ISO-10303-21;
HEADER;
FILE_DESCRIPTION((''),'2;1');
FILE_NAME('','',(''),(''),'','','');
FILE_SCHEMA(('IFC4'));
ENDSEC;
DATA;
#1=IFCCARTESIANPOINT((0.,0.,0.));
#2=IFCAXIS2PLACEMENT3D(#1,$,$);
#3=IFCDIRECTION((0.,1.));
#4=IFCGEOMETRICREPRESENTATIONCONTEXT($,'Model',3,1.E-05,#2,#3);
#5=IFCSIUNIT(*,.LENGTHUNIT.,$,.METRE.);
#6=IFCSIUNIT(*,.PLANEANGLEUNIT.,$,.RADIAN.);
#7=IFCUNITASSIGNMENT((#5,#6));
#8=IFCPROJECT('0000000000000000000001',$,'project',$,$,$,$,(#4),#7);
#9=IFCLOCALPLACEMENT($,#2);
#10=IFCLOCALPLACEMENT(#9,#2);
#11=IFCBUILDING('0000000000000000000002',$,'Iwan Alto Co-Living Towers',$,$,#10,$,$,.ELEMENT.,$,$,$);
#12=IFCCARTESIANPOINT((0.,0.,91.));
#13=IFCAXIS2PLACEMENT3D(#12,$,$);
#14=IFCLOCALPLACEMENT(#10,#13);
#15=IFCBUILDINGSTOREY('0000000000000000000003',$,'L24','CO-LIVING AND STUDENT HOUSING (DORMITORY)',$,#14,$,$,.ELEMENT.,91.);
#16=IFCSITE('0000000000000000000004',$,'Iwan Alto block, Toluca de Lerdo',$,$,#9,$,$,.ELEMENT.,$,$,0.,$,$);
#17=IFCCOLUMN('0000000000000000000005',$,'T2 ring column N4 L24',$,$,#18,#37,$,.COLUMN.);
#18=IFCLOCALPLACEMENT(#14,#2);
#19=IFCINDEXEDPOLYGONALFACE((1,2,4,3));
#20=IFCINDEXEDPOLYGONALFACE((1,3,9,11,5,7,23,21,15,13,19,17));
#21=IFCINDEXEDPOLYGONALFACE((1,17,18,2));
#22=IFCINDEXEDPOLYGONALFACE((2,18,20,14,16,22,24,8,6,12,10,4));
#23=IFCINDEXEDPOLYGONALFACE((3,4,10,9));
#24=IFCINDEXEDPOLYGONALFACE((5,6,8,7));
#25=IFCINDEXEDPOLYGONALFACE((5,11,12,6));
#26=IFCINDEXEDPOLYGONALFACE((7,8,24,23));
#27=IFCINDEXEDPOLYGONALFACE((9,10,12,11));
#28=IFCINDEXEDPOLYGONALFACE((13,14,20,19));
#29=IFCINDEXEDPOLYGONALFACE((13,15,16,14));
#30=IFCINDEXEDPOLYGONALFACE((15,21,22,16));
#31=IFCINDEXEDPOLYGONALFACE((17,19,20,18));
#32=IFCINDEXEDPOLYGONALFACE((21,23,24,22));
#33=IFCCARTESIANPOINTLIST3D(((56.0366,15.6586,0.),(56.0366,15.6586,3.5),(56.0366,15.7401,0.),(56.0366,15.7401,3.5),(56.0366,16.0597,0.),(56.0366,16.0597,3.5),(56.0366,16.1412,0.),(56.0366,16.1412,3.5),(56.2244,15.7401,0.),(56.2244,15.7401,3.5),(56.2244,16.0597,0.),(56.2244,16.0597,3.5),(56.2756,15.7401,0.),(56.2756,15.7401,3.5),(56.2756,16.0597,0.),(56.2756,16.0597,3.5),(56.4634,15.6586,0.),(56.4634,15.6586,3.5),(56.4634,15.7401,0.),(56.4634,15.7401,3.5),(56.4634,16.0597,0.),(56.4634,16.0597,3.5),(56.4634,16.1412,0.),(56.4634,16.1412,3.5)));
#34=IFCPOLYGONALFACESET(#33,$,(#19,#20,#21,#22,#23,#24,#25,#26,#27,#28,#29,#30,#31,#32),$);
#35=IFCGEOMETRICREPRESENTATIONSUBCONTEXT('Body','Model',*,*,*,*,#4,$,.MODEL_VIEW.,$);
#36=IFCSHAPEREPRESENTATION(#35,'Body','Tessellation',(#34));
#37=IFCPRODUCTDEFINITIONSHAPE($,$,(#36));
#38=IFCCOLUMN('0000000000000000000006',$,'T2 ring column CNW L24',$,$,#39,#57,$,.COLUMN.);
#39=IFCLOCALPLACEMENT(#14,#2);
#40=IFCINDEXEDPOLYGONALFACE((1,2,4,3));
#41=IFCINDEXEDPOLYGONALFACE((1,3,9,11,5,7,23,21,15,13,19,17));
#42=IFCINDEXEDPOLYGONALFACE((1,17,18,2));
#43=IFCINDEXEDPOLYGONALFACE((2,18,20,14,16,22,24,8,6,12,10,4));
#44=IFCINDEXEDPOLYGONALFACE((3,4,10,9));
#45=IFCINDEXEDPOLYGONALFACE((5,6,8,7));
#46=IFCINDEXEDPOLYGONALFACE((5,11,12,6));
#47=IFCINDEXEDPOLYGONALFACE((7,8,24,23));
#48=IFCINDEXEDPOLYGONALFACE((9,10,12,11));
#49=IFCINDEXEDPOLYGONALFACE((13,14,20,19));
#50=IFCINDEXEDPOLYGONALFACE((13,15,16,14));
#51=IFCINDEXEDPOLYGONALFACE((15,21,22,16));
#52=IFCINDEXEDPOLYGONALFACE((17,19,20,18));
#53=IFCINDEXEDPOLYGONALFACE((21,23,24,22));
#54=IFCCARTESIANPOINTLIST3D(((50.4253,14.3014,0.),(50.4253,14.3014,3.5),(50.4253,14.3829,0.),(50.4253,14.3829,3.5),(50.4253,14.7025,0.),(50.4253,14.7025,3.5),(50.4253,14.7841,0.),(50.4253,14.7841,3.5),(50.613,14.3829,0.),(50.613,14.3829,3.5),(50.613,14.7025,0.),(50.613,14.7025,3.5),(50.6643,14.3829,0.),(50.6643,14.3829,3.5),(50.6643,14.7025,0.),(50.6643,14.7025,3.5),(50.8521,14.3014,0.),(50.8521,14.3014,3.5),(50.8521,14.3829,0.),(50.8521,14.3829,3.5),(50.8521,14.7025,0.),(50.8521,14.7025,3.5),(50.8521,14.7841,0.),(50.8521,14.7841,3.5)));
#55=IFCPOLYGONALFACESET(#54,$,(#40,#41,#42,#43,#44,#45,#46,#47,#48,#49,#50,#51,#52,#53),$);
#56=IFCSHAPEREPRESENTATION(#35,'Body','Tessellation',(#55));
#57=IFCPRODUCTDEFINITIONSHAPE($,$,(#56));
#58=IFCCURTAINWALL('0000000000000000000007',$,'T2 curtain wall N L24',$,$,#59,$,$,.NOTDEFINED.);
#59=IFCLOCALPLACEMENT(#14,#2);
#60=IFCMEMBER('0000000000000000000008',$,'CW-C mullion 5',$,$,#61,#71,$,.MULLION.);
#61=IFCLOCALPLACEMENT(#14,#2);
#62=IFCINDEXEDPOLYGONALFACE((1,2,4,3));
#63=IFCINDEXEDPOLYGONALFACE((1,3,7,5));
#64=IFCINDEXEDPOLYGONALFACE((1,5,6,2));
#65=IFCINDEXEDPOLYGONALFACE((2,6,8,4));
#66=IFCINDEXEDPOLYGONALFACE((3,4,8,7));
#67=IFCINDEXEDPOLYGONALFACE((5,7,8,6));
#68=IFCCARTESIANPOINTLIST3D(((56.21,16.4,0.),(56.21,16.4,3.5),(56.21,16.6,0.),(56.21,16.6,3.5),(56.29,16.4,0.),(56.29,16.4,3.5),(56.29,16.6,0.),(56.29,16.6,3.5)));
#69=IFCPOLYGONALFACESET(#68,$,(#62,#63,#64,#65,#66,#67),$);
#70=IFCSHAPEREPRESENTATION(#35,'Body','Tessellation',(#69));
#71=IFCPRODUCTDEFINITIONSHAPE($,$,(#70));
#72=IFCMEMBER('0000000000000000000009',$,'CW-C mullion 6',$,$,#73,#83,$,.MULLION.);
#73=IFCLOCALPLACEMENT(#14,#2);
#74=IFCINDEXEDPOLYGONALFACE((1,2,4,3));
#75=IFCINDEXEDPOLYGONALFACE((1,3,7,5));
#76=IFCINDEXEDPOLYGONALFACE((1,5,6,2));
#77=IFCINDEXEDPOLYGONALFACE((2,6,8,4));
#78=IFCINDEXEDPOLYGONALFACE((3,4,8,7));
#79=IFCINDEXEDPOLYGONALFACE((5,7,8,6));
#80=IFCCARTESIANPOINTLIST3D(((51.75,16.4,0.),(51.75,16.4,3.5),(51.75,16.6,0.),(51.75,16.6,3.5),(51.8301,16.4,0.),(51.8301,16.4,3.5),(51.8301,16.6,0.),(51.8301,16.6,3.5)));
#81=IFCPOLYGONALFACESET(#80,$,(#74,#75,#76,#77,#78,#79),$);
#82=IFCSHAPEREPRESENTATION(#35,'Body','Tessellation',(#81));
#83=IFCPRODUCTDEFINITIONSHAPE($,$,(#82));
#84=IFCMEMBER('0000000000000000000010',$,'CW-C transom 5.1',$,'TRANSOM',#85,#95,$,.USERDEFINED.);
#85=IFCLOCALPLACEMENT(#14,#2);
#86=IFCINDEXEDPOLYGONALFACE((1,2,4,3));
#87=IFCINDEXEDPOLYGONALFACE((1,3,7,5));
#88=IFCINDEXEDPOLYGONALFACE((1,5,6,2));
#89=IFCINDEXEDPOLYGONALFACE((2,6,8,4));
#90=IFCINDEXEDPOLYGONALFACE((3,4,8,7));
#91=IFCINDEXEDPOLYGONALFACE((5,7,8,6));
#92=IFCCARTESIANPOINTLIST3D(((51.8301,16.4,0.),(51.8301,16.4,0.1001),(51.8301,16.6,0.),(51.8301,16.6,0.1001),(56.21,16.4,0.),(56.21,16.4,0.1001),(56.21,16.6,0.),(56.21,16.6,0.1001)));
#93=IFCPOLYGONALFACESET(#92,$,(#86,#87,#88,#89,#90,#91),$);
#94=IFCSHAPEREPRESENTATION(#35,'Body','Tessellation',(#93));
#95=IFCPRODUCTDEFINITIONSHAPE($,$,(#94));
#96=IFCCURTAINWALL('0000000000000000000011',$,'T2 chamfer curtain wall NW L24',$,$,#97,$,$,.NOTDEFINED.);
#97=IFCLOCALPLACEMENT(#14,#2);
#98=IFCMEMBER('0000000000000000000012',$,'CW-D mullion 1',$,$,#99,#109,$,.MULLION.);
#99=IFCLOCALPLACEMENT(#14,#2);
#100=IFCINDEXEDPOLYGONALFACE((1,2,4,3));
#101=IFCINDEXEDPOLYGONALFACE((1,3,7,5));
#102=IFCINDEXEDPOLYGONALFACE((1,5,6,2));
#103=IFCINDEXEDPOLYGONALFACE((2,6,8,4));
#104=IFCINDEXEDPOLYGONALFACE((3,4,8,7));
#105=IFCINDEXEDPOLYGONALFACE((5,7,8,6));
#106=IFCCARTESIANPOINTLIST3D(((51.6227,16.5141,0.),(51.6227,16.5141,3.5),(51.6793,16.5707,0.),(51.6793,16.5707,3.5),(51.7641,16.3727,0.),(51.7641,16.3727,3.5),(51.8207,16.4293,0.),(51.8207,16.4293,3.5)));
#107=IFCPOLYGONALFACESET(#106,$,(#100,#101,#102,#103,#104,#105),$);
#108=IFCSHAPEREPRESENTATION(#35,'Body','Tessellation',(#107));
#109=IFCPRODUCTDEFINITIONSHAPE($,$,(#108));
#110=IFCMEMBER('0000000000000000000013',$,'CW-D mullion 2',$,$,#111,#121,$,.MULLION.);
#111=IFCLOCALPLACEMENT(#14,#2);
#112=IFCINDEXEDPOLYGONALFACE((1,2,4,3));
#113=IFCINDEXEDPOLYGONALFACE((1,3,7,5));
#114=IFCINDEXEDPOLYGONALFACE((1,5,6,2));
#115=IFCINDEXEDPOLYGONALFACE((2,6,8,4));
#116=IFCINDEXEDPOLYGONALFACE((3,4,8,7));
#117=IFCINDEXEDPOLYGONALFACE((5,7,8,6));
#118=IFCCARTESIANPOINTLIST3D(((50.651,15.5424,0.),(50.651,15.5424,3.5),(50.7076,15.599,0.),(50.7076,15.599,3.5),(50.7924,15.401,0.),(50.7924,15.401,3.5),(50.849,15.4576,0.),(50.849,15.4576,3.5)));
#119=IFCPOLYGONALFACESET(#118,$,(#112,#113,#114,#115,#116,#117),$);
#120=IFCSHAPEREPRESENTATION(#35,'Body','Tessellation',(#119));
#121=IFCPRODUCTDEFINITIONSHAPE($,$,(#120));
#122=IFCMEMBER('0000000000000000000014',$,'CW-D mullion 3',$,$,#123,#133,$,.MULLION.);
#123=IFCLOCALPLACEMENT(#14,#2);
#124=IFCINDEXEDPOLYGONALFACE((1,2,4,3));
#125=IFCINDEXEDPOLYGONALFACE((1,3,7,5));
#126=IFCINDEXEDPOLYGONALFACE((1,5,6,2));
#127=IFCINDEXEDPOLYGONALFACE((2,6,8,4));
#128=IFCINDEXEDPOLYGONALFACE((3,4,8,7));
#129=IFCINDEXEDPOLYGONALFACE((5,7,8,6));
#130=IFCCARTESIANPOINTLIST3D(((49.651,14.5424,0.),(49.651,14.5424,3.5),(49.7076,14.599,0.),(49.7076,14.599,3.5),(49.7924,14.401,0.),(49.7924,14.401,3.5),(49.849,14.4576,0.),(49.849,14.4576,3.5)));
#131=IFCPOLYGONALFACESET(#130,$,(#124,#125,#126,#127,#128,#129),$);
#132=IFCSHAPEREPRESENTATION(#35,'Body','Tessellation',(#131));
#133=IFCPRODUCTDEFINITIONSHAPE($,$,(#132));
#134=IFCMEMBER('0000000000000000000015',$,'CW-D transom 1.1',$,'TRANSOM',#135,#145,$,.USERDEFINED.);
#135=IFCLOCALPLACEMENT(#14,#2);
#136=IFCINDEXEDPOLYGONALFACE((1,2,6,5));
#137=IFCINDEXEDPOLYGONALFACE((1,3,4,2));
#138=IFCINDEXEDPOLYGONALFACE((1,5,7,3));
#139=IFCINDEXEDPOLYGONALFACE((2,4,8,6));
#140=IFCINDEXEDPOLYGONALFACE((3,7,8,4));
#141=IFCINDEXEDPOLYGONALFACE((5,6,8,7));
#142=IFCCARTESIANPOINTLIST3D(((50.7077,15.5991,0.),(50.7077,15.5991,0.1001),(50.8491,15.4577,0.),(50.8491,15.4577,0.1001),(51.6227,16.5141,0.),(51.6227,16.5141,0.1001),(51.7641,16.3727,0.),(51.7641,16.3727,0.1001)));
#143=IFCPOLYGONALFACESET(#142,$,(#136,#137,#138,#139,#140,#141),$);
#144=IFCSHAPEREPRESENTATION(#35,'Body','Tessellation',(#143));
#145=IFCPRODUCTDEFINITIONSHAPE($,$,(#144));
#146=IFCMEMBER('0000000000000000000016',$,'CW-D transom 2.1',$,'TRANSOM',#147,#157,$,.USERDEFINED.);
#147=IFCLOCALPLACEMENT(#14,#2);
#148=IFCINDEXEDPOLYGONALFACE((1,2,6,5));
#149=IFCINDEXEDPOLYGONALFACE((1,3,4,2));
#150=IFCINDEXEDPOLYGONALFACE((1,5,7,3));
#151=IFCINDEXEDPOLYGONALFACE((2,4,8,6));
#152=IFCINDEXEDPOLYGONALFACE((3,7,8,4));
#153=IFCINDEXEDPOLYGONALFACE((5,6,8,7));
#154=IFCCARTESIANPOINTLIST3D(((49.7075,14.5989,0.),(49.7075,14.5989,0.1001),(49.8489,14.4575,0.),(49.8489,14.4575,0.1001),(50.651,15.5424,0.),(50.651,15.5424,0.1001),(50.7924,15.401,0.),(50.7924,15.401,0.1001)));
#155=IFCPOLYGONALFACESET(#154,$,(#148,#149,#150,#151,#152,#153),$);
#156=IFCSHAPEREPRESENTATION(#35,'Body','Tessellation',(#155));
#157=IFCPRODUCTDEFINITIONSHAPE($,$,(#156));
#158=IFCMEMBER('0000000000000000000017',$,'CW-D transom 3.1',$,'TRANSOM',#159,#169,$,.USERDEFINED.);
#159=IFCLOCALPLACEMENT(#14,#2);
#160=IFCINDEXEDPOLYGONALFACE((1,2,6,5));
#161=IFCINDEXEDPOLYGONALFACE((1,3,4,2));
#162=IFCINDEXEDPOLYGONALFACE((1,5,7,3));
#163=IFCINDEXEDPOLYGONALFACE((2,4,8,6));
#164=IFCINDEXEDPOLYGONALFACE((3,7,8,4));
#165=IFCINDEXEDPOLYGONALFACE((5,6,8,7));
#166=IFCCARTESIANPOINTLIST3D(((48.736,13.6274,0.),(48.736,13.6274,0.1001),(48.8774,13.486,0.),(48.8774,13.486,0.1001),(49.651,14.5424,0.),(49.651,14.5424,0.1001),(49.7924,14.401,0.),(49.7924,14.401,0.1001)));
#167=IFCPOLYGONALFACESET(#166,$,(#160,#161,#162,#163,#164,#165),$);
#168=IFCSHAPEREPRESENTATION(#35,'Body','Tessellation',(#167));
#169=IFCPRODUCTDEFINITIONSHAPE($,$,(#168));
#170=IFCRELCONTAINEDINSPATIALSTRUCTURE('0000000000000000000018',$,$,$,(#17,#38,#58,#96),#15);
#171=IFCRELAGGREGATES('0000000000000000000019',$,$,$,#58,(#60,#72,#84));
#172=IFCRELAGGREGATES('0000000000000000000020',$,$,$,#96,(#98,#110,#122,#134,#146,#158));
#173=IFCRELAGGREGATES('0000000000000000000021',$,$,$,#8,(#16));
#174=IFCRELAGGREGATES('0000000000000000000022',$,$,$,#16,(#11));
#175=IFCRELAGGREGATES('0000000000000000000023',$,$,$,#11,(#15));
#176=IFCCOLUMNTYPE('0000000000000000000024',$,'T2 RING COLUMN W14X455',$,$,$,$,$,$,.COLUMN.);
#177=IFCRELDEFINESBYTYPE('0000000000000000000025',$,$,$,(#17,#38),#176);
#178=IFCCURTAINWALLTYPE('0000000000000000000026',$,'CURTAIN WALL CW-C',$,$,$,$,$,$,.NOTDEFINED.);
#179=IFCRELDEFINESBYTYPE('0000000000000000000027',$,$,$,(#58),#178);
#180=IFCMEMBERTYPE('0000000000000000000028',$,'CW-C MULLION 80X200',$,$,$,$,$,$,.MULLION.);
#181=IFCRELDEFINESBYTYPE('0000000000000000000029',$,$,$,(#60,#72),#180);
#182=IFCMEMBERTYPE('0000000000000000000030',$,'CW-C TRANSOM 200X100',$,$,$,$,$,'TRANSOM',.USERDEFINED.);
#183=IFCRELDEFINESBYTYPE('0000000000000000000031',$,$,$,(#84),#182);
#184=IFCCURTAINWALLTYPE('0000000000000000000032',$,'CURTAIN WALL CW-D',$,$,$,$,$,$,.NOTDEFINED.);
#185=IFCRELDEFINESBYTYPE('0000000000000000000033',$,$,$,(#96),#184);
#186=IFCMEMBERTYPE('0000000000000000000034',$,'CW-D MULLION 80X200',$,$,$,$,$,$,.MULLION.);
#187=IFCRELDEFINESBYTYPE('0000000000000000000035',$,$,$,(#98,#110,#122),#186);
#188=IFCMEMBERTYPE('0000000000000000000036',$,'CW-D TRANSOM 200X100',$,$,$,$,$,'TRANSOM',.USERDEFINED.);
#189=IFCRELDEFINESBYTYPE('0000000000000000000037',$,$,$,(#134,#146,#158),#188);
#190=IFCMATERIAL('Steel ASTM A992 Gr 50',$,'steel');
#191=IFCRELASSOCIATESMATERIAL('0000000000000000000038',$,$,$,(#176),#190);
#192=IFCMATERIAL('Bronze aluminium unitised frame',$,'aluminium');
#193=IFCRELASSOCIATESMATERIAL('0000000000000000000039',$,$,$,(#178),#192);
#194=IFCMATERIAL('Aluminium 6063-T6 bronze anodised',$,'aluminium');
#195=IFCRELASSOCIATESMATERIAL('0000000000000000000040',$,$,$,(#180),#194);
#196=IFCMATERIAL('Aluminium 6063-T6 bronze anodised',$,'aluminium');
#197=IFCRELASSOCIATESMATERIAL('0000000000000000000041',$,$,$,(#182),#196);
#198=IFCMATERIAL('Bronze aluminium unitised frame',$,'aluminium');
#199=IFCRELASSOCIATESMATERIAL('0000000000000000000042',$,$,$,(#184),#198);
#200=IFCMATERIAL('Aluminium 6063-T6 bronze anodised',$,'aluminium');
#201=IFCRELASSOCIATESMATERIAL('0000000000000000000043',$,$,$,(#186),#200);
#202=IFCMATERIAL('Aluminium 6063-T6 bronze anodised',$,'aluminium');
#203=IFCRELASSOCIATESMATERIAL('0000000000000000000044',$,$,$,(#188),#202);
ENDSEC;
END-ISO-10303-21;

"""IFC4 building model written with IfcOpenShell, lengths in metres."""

from ifc_helpers import new_model, si_unit, direction, frame, origin, origin_2d, place, context, subcontext, project, spatial, rectangle, i_section, extrude, material, material_profile, profile_set, type_object, element, aggregate, save


model = new_model("IFC4")

# Units and contexts
model_context = context("Model", 3, precision=1e-05, world=origin(), true_north=direction((0.0, 1.0)))
body_context = subcontext(model_context, "Body", "Model", "MODEL_VIEW")
ifc_project = project(units=[si_unit("LENGTHUNIT", "METRE"), si_unit("PLANEANGLEUNIT", "RADIAN")], contexts=[model_context])

# Site, building, storey
site_placement = place(None, origin())
site = spatial("IfcSite", under=ifc_project, at=site_placement, Name="Iwan Alto block, Toluca de Lerdo", CompositionType="ELEMENT", RefElevation=0.0)
building_placement = place(site_placement, origin())
building = spatial("IfcBuilding", under=site, at=building_placement, Name="Iwan Alto Co-Living Towers", CompositionType="ELEMENT")
storey_placement = place(building_placement, frame((0.0, 0.0, 91.0)))
storey = spatial("IfcBuildingStorey", under=building, at=storey_placement, Name="L24", Description="CO-LIVING AND STUDENT HOUSING (DORMITORY)", CompositionType="ELEMENT", Elevation=91.0)

# Columns
ifc_material_1 = material(Name="Steel ASTM A992 Gr 50", Category="steel")
ifc_material_profile_1 = material_profile(ifc_material_1, i_section(OverallWidth=0.4268, OverallDepth=0.4827, WebThickness=0.0513, FlangeThickness=0.0815, at=origin_2d()), Name="W14X455")
ifc_profile_set_1 = profile_set([ifc_material_profile_1], Name="Steel ASTM A992 Gr 50")
column_type = type_object("IfcColumnType", Name="T2 RING COLUMN W14X455", PredefinedType="COLUMN", material=ifc_profile_set_1)
for number, where, z_axis, x_axis, name in (
    (1, (56.25, 15.8999, 0.0), (0.0, 0.0, 1.0), (1.0, 0.0, 0.0), "T2 ring column N4 L24"),
    (2, (50.6387, 14.5427, 0.0), (0.0, 0.0, 1.0), (1.0, 0.0, 0.0), "T2 ring column CNW L24"),
):
    element("IfcColumn", number, at=place(storey_placement, frame(where, z_axis=z_axis, x_axis=x_axis)), inside=storey, type_object=column_type, Name=name, PredefinedType="COLUMN", context=body_context, shape_type="SweptSolid", body=[
        extrude(i_section(OverallWidth=0.4268, OverallDepth=0.4827, WebThickness=0.0513, FlangeThickness=0.0815, at=origin_2d()), origin(), (0.0, 0.0, 1.0), 3.5),
    ])

# Curtain walls, members
ifc_material_2 = material(Name="Bronze aluminium unitised frame", Category="aluminium")
curtain_wall_type_1 = type_object("IfcCurtainWallType", Name="CURTAIN WALL CW-C", PredefinedType="NOTDEFINED", material=ifc_material_2)
curtain_wall_1_placement = place(storey_placement, origin())
curtain_wall_1 = element("IfcCurtainWall", 3, at=curtain_wall_1_placement, inside=storey, type_object=curtain_wall_type_1, Name="T2 curtain wall N L24", PredefinedType="NOTDEFINED")
ifc_material_3 = material(Name="Aluminium 6063-T6 bronze anodised", Category="aluminium")
ifc_material_profile_2 = material_profile(ifc_material_3, rectangle(XDim=0.2, YDim=0.0801, at=origin_2d()), Name="AL 80X200")
ifc_profile_set_2 = profile_set([ifc_material_profile_2], Name="Aluminium 6063-T6 bronze anodised")
member_type_1 = type_object("IfcMemberType", Name="CW-C MULLION 80X200", PredefinedType="MULLION", material=ifc_profile_set_2)
member_1_placement = place(storey_placement, frame((56.25, 16.5, 0.0), z_axis=(0.0, 0.0, 1.0), x_axis=(0.0, -1.0, 0.0)))
member_1 = element("IfcMember", 4, at=member_1_placement, type_object=member_type_1, Name="CW-C mullion 5", PredefinedType="MULLION", context=body_context, shape_type="SweptSolid", body=[
    extrude(rectangle(XDim=0.2, YDim=0.0801, at=origin_2d()), origin(), (0.0, 0.0, 1.0), 3.5),
])
member_2_placement = place(storey_placement, frame((51.79, 16.5, 0.0), z_axis=(0.0, 0.0, 1.0), x_axis=(0.0, -1.0, 0.0)))
member_2 = element("IfcMember", 5, at=member_2_placement, type_object=member_type_1, Name="CW-C mullion 6", PredefinedType="MULLION", context=body_context, shape_type="SweptSolid", body=[
    extrude(rectangle(XDim=0.2, YDim=0.0801, at=origin_2d()), origin(), (0.0, 0.0, 1.0), 3.5),
])
ifc_material_4 = material(Name="Aluminium 6063-T6 bronze anodised", Category="aluminium")
ifc_material_profile_3 = material_profile(ifc_material_4, rectangle(XDim=0.2, YDim=0.1001, at=origin_2d()), Name="AL 200X100")
ifc_profile_set_3 = profile_set([ifc_material_profile_3], Name="Aluminium 6063-T6 bronze anodised")
member_type_2 = type_object("IfcMemberType", Name="CW-C TRANSOM 200X100", ElementType="TRANSOM", PredefinedType="USERDEFINED", material=ifc_profile_set_3)
member_3_placement = place(storey_placement, frame((56.21, 16.5, 0.05), z_axis=(-1.0, 0.0, 0.0), x_axis=(0.0, -1.0, 0.0)))
member_3 = element("IfcMember", 6, at=member_3_placement, type_object=member_type_2, Name="CW-C transom 5.1", ObjectType="TRANSOM", PredefinedType="USERDEFINED", context=body_context, shape_type="SweptSolid", body=[
    extrude(rectangle(XDim=0.2, YDim=0.1001, at=origin_2d()), origin(), (0.0, 0.0, 1.0), 4.3799),
])
ifc_material_5 = material(Name="Bronze aluminium unitised frame", Category="aluminium")
curtain_wall_type_2 = type_object("IfcCurtainWallType", Name="CURTAIN WALL CW-D", PredefinedType="NOTDEFINED", material=ifc_material_5)
curtain_wall_2_placement = place(storey_placement, origin())
curtain_wall_2 = element("IfcCurtainWall", 7, at=curtain_wall_2_placement, inside=storey, type_object=curtain_wall_type_2, Name="T2 chamfer curtain wall NW L24", PredefinedType="NOTDEFINED")
ifc_material_6 = material(Name="Aluminium 6063-T6 bronze anodised", Category="aluminium")
ifc_material_profile_4 = material_profile(ifc_material_6, rectangle(XDim=0.2, YDim=0.0801, at=origin_2d()), Name="AL 80X200")
ifc_profile_set_4 = profile_set([ifc_material_profile_4], Name="Aluminium 6063-T6 bronze anodised")
member_type_3 = type_object("IfcMemberType", Name="CW-D MULLION 80X200", PredefinedType="MULLION", material=ifc_profile_set_4)
member_4_placement = place(storey_placement, frame((51.7217, 16.4717, 0.0), z_axis=(0.0, 0.0, 1.0), x_axis=(0.707107, -0.707107, 0.0)))
member_4 = element("IfcMember", 8, at=member_4_placement, type_object=member_type_3, Name="CW-D mullion 1", PredefinedType="MULLION", context=body_context, shape_type="SweptSolid", body=[
    extrude(rectangle(XDim=0.2, YDim=0.0801, at=origin_2d()), origin(), (0.0, 0.0, 1.0), 3.5),
])
member_5_placement = place(storey_placement, frame((50.75, 15.5, 0.0), z_axis=(0.0, 0.0, 1.0), x_axis=(0.707107, -0.707107, 0.0)))
member_5 = element("IfcMember", 9, at=member_5_placement, type_object=member_type_3, Name="CW-D mullion 2", PredefinedType="MULLION", context=body_context, shape_type="SweptSolid", body=[
    extrude(rectangle(XDim=0.2, YDim=0.0801, at=origin_2d()), origin(), (0.0, 0.0, 1.0), 3.5),
])
member_6_placement = place(storey_placement, frame((49.75, 14.5, 0.0), z_axis=(0.0, 0.0, 1.0), x_axis=(0.707107, -0.707107, 0.0)))
member_6 = element("IfcMember", 10, at=member_6_placement, type_object=member_type_3, Name="CW-D mullion 3", PredefinedType="MULLION", context=body_context, shape_type="SweptSolid", body=[
    extrude(rectangle(XDim=0.2, YDim=0.0801, at=origin_2d()), origin(), (0.0, 0.0, 1.0), 3.5),
])
ifc_material_7 = material(Name="Aluminium 6063-T6 bronze anodised", Category="aluminium")
ifc_material_profile_5 = material_profile(ifc_material_7, rectangle(XDim=0.2, YDim=0.1001, at=origin_2d()), Name="AL 200X100")
ifc_profile_set_5 = profile_set([ifc_material_profile_5], Name="Aluminium 6063-T6 bronze anodised")
member_type_4 = type_object("IfcMemberType", Name="CW-D TRANSOM 200X100", ElementType="TRANSOM", PredefinedType="USERDEFINED", material=ifc_profile_set_5)
member_7_placement = place(storey_placement, frame((51.6934, 16.4434, 0.05), z_axis=(-0.707107, -0.707107, 0.0), x_axis=(0.707107, -0.707107, 0.0)))
member_7 = element("IfcMember", 11, at=member_7_placement, type_object=member_type_4, Name="CW-D transom 1.1", ObjectType="TRANSOM", PredefinedType="USERDEFINED", context=body_context, shape_type="SweptSolid", body=[
    extrude(rectangle(XDim=0.2, YDim=0.1001, at=origin_2d()), origin(), (0.0, 0.0, 1.0), 1.2939),
])
member_8_placement = place(storey_placement, frame((50.7217, 15.4717, 0.05), z_axis=(-0.707107, -0.707107, 0.0), x_axis=(0.707107, -0.707107, 0.0)))
member_8 = element("IfcMember", 12, at=member_8_placement, type_object=member_type_4, Name="CW-D transom 2.1", ObjectType="TRANSOM", PredefinedType="USERDEFINED", context=body_context, shape_type="SweptSolid", body=[
    extrude(rectangle(XDim=0.2, YDim=0.1001, at=origin_2d()), origin(), (0.0, 0.0, 1.0), 1.3342),
])
member_9_placement = place(storey_placement, frame((49.7217, 14.4717, 0.05), z_axis=(-0.707107, -0.707107, 0.0), x_axis=(0.707107, -0.707107, 0.0)))
member_9 = element("IfcMember", 13, at=member_9_placement, type_object=member_type_4, Name="CW-D transom 3.1", ObjectType="TRANSOM", PredefinedType="USERDEFINED", context=body_context, shape_type="SweptSolid", body=[
    extrude(rectangle(XDim=0.2, YDim=0.1001, at=origin_2d()), origin(), (0.0, 0.0, 1.0), 1.2939),
])

aggregate(curtain_wall_1, [member_1, member_2, member_3])
aggregate(curtain_wall_2, [member_4, member_5, member_6, member_7, member_8, member_9])

save(model, "model.ifc")
